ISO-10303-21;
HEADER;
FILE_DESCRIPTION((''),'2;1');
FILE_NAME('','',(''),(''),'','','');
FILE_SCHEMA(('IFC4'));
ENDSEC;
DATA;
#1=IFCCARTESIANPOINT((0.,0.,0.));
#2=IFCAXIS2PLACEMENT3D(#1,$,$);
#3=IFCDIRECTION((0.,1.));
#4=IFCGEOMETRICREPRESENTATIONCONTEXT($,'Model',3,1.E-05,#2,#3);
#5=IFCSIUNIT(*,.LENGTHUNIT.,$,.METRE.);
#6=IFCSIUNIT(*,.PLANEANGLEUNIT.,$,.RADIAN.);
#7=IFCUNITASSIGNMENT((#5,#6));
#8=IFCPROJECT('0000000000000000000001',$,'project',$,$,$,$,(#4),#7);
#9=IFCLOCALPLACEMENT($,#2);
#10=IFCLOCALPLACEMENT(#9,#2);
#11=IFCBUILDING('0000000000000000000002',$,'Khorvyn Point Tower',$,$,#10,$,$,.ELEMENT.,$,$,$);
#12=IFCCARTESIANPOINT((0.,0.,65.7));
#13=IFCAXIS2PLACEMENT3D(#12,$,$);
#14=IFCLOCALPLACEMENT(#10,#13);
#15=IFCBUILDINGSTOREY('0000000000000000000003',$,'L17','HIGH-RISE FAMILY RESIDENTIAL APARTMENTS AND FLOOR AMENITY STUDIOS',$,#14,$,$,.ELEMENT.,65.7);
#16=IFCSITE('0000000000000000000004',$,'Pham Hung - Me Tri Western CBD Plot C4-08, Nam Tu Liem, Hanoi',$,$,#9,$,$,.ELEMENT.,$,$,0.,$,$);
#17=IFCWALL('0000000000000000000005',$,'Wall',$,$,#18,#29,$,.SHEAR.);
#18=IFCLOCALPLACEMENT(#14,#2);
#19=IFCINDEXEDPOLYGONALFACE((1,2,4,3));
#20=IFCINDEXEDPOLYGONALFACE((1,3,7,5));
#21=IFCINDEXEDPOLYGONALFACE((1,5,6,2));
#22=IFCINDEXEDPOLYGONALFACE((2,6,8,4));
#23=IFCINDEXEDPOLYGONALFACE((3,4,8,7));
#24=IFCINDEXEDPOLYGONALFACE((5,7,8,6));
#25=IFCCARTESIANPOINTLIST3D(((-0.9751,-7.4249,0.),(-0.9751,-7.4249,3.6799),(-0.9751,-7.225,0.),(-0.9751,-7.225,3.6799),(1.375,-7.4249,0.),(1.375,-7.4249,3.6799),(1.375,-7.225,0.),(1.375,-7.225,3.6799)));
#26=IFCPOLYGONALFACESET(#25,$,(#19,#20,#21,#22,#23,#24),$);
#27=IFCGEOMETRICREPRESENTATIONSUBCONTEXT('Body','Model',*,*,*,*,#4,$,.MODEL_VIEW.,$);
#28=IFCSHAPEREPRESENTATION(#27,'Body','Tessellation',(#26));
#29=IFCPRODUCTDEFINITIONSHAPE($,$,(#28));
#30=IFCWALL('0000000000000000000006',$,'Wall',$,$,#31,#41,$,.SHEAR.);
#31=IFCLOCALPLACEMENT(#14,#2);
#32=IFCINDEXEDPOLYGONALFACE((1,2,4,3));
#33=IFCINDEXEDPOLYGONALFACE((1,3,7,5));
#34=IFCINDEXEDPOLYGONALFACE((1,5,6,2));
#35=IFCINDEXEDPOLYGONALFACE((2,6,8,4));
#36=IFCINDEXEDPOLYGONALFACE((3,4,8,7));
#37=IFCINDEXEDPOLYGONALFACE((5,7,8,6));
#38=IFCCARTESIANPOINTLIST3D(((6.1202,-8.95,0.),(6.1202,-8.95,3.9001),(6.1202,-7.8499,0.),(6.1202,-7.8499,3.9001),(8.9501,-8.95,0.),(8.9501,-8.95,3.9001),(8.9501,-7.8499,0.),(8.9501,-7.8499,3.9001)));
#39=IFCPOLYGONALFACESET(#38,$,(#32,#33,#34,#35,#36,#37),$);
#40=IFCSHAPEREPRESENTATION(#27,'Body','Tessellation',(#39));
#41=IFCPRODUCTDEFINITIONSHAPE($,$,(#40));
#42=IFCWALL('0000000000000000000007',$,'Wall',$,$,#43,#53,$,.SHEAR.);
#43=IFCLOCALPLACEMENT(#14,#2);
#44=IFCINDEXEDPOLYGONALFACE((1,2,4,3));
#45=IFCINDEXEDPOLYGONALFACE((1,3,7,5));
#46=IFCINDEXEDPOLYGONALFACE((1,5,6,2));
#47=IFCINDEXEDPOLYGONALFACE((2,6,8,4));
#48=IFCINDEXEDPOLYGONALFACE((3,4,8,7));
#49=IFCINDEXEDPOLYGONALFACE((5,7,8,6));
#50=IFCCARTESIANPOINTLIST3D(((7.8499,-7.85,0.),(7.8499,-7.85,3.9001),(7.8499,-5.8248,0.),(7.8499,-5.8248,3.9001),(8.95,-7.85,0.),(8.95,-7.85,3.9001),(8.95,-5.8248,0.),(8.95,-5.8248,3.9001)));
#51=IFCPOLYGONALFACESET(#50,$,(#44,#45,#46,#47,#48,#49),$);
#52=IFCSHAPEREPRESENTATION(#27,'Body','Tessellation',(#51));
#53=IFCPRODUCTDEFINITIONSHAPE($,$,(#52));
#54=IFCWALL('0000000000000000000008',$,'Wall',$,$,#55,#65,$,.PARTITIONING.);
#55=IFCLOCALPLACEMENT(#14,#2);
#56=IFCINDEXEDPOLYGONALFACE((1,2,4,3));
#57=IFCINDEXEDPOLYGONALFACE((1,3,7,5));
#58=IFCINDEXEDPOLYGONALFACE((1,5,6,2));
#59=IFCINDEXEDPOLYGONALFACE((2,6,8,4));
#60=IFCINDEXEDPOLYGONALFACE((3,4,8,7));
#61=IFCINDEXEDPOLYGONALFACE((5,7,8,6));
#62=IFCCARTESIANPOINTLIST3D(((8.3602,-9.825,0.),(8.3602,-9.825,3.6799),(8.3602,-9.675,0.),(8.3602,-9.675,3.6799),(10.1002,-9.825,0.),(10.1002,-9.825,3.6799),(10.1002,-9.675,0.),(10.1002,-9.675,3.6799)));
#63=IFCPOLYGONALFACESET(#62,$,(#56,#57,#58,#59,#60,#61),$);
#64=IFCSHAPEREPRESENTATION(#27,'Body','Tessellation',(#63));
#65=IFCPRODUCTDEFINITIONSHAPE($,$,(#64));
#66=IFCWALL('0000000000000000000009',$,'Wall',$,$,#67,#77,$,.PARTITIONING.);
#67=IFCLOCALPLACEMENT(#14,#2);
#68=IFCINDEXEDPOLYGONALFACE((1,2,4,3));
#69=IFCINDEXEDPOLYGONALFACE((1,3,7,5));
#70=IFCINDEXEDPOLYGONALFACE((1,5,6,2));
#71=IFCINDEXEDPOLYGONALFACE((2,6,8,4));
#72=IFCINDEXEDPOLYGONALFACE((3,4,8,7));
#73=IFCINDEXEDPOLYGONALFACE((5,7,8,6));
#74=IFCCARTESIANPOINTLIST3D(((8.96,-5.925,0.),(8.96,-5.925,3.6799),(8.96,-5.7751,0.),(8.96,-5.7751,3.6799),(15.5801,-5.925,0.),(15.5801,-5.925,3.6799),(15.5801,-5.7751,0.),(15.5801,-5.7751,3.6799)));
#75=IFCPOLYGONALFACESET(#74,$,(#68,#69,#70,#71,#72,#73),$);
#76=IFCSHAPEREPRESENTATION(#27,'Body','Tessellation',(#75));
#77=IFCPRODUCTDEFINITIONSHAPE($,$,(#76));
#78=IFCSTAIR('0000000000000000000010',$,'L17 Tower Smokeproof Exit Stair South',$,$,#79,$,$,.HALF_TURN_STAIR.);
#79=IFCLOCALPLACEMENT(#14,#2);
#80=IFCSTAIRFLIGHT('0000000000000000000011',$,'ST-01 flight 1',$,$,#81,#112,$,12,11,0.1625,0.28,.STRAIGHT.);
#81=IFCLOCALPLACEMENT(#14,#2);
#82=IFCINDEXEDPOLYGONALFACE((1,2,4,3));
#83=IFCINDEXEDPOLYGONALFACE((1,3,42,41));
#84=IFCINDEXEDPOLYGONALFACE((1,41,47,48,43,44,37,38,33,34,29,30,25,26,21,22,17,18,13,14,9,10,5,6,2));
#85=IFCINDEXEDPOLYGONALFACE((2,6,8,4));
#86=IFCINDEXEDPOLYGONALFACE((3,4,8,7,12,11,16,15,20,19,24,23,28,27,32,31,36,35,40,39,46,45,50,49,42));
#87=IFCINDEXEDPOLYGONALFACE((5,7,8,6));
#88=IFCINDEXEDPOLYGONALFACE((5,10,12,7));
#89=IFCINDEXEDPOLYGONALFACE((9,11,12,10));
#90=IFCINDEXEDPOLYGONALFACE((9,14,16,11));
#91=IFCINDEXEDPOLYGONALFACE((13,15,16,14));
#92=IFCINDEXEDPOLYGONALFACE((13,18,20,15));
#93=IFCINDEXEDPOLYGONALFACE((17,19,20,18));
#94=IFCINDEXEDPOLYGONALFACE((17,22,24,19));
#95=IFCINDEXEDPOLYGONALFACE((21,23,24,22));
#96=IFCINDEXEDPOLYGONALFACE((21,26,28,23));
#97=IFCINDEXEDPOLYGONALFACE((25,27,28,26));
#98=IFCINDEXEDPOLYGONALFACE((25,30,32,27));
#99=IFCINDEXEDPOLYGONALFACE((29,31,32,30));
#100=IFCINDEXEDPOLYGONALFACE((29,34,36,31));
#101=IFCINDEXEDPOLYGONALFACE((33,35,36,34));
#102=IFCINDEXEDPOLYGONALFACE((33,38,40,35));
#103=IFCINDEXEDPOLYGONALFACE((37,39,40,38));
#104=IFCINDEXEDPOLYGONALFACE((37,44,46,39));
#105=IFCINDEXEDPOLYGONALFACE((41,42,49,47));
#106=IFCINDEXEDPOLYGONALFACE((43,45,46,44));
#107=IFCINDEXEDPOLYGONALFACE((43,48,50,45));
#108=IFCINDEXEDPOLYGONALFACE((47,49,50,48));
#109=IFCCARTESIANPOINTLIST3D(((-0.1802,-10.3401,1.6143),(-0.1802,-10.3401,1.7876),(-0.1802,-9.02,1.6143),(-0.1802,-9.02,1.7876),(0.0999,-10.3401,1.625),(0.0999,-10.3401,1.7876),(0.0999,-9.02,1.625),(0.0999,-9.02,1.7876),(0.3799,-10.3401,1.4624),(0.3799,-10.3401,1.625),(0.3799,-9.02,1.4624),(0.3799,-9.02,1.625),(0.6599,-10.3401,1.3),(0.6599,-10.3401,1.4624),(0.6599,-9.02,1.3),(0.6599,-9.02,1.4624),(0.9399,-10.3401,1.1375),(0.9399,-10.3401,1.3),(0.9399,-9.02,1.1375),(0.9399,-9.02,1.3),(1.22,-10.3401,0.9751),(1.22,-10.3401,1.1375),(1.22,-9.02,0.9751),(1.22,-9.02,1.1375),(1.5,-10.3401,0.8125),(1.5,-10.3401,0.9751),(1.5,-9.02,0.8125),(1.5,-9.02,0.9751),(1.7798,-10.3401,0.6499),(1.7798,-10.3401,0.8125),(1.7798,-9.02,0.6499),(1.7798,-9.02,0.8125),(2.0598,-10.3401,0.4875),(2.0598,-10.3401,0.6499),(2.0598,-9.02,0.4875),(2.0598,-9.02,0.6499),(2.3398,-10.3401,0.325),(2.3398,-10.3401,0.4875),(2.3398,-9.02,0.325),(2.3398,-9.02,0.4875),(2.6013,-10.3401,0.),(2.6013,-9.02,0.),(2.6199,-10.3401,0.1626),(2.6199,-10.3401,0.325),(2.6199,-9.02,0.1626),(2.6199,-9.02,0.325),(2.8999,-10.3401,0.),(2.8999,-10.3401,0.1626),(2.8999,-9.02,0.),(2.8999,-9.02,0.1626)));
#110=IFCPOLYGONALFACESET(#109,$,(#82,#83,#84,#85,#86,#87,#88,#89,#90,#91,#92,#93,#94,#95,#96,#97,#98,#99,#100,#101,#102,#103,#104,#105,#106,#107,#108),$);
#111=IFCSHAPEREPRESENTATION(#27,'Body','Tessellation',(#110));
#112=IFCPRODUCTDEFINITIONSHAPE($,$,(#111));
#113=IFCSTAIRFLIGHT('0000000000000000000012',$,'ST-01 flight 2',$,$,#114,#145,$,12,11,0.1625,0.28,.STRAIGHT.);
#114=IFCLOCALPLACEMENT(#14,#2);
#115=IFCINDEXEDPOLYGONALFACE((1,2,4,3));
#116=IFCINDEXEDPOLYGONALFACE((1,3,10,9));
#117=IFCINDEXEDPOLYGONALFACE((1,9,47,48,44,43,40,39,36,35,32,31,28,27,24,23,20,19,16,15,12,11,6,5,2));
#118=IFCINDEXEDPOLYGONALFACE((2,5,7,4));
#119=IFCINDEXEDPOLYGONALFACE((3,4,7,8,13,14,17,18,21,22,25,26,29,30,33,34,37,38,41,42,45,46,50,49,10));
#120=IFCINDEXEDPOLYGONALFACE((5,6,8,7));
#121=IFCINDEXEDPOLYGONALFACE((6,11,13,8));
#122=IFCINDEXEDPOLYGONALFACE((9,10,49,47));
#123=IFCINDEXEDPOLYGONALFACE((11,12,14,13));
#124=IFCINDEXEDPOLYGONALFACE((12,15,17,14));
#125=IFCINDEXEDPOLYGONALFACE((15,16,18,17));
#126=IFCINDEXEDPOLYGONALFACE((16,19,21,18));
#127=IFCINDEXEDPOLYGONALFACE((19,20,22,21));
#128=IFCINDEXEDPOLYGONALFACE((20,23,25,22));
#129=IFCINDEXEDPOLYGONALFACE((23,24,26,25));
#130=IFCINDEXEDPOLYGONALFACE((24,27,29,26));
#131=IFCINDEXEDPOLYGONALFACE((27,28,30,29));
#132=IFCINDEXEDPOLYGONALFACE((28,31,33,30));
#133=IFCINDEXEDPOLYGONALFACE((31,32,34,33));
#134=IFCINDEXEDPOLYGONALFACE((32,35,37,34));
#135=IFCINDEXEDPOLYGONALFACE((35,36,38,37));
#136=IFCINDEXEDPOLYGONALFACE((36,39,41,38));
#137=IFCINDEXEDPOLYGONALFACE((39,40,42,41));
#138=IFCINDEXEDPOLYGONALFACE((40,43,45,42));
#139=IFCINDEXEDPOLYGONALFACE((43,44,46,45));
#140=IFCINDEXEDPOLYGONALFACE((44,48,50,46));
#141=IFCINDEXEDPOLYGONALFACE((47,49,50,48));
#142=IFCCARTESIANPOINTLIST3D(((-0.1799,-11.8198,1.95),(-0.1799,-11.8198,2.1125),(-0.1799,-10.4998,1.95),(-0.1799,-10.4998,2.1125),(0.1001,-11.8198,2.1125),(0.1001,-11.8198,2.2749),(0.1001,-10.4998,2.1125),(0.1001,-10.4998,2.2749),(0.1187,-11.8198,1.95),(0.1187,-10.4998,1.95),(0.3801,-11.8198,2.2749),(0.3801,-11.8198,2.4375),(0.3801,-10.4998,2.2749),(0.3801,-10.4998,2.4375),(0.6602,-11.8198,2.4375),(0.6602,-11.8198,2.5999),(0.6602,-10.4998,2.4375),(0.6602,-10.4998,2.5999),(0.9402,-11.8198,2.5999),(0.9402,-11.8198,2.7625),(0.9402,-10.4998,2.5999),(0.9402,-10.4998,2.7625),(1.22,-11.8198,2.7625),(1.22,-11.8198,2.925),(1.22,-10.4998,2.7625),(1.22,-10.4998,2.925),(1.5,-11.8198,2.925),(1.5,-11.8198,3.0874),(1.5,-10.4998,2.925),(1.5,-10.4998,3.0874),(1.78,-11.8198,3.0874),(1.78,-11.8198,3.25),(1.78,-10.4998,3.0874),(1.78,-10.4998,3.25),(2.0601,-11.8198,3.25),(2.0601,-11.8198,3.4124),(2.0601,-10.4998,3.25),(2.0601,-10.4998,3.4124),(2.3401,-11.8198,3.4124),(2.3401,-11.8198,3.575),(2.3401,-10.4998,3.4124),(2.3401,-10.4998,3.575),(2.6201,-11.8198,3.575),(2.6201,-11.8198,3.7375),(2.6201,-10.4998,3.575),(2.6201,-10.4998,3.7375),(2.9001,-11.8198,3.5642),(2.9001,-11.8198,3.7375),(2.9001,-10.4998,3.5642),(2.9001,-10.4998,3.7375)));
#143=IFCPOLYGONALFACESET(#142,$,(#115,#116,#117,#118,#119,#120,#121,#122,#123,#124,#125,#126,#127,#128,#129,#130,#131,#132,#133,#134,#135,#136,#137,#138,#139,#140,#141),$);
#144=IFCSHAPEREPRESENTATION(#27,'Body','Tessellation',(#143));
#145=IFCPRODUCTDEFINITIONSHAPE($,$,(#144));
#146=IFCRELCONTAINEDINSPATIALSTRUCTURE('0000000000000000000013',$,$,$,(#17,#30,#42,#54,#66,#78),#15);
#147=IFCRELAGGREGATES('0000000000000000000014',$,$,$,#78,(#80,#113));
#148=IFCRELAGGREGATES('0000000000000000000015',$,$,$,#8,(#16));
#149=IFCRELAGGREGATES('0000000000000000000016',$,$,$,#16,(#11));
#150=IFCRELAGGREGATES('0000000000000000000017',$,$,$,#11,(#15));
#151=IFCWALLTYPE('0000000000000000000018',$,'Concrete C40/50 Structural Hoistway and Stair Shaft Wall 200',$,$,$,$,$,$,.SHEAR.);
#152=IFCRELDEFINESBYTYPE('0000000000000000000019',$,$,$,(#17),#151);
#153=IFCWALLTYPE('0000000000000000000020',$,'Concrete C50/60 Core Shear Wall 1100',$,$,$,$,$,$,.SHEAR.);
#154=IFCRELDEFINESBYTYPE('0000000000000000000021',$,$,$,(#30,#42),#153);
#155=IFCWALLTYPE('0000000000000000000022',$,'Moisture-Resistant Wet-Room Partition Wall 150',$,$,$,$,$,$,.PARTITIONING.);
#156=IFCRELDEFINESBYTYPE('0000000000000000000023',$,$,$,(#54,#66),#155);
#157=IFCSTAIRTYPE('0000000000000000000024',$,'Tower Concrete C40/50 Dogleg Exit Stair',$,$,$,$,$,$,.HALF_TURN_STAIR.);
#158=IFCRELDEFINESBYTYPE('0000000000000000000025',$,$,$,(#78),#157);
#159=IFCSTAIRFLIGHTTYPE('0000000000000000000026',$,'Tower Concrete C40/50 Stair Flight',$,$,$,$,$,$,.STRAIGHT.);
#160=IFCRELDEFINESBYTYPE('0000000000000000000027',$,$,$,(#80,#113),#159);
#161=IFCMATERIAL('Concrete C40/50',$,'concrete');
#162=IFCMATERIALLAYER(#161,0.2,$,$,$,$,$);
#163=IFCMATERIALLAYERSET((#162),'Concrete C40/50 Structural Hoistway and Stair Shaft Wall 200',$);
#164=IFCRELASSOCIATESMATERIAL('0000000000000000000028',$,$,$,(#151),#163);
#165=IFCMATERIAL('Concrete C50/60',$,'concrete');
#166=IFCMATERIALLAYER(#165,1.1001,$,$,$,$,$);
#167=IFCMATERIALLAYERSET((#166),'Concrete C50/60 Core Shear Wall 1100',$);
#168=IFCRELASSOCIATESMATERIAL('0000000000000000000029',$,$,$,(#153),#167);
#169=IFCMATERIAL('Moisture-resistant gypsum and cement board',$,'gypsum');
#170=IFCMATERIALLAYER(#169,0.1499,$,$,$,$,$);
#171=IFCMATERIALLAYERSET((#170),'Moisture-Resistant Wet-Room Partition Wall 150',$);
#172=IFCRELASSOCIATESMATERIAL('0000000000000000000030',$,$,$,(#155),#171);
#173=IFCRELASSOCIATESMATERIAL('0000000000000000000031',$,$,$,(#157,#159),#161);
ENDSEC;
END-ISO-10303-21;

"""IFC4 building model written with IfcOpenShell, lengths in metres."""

from ifc_helpers import new_model, si_unit, direction, frame, frame_2d, origin, place, context, subcontext, project, spatial, polyline, rectangle, outline, extrude, material, layer, layer_set, type_object, element, aggregate, save


model = new_model("IFC4")

# Units and contexts
model_context = context("Model", 3, precision=1e-05, world=origin(), true_north=direction((0.0, 1.0)))
body_context = subcontext(model_context, "Body", "Model", "MODEL_VIEW")
ifc_project = project(units=[si_unit("LENGTHUNIT", "METRE"), si_unit("PLANEANGLEUNIT", "RADIAN")], contexts=[model_context])

# Site, building, storey
site_placement = place(None, origin())
site = spatial("IfcSite", under=ifc_project, at=site_placement, Name="Pham Hung - Me Tri Western CBD Plot C4-08, Nam Tu Liem, Hanoi", CompositionType="ELEMENT", RefElevation=0.0)
building_placement = place(site_placement, origin())
building = spatial("IfcBuilding", under=site, at=building_placement, Name="Khorvyn Point Tower", CompositionType="ELEMENT")
storey_placement = place(building_placement, frame((0.0, 0.0, 65.7)))
storey = spatial("IfcBuildingStorey", under=building, at=storey_placement, Name="L17", Description="HIGH-RISE FAMILY RESIDENTIAL APARTMENTS AND FLOOR AMENITY STUDIOS", CompositionType="ELEMENT", Elevation=65.7)

# Shared definitions
ifc_material_1 = material(Name="Concrete C50/60", Category="concrete")

# Shared definitions
ifc_material_2 = material(Name="Concrete C40/50", Category="concrete")

# Shared definitions
ifc_layer_1 = layer(ifc_material_2, 0.2)
ifc_layer_set_1 = layer_set([ifc_layer_1], Name="Concrete C40/50 Structural Hoistway and Stair Shaft Wall 200")
wall_type_1 = type_object("IfcWallType", Name="Concrete C40/50 Structural Hoistway and Stair Shaft Wall 200", PredefinedType="SHEAR", material=ifc_layer_set_1)

# Walls
wall_1_placement = place(storey_placement, frame((-0.9751, -7.325, 0.0), z_axis=(0.0, 0.0, 1.0), x_axis=(1.0, 0.0, 0.0)))
element("IfcWall", 1, at=wall_1_placement, inside=storey, type_object=wall_type_1, Name="Wall", PredefinedType="SHEAR", context=body_context, shape_type="SweptSolid", body=[
    extrude(rectangle(XDim=2.3501, YDim=0.2, at=frame_2d((1.175, 0.0))), origin(), (0.0, 0.0, 1.0), 3.6799),
])
ifc_layer_2 = layer(ifc_material_1, 1.1001)
ifc_layer_set_2 = layer_set([ifc_layer_2], Name="Concrete C50/60 Core Shear Wall 1100")
wall_type_2 = type_object("IfcWallType", Name="Concrete C50/60 Core Shear Wall 1100", PredefinedType="SHEAR", material=ifc_layer_set_2)
wall_2_placement = place(storey_placement, frame((6.1201, -8.3999, 0.0), z_axis=(0.0, 0.0, 1.0), x_axis=(1.0, 0.0, 0.0)))
element("IfcWall", 2, at=wall_2_placement, inside=storey, type_object=wall_type_2, Name="Wall", PredefinedType="SHEAR", context=body_context, shape_type="SweptSolid", body=[
    extrude(rectangle(XDim=2.8298, YDim=1.1001, at=frame_2d((1.415, 0.0))), origin(), (0.0, 0.0, 1.0), 3.9001),
])
wall_3_placement = place(storey_placement, frame((8.3999, -7.8501, 0.0), z_axis=(0.0, 0.0, 1.0), x_axis=(0.0, 1.0, 0.0)))
element("IfcWall", 3, at=wall_3_placement, inside=storey, type_object=wall_type_2, Name="Wall", PredefinedType="SHEAR", context=body_context, shape_type="SweptSolid", body=[
    extrude(rectangle(XDim=2.0251, YDim=1.1001, at=frame_2d((1.0127, 0.0))), origin(), (0.0, 0.0, 1.0), 3.9001),
])
ifc_material_3 = material(Name="Moisture-resistant gypsum and cement board", Category="gypsum")
ifc_layer_3 = layer(ifc_material_3, 0.1499)
ifc_layer_set_3 = layer_set([ifc_layer_3], Name="Moisture-Resistant Wet-Room Partition Wall 150")
wall_type_3 = type_object("IfcWallType", Name="Moisture-Resistant Wet-Room Partition Wall 150", PredefinedType="PARTITIONING", material=ifc_layer_set_3)
wall_4_placement = place(storey_placement, frame((8.3601, -9.75, 0.0), z_axis=(0.0, 0.0, 1.0), x_axis=(1.0, 0.0, 0.0)))
element("IfcWall", 4, at=wall_4_placement, inside=storey, type_object=wall_type_3, Name="Wall", PredefinedType="PARTITIONING", context=body_context, shape_type="SweptSolid", body=[
    extrude(rectangle(XDim=1.74, YDim=0.1499, at=frame_2d((0.8701, 0.0))), origin(), (0.0, 0.0, 1.0), 3.6799),
])
wall_5_placement = place(storey_placement, frame((8.96, -5.8501, 0.0), z_axis=(0.0, 0.0, 1.0), x_axis=(1.0, 0.0, 0.0)))
element("IfcWall", 5, at=wall_5_placement, inside=storey, type_object=wall_type_3, Name="Wall", PredefinedType="PARTITIONING", context=body_context, shape_type="SweptSolid", body=[
    extrude(rectangle(XDim=6.6201, YDim=0.1499, at=frame_2d((3.3101, 0.0))), origin(), (0.0, 0.0, 1.0), 3.6799),
])

# Stair, stair flights
stair_type = type_object("IfcStairType", Name="Tower Concrete C40/50 Dogleg Exit Stair", PredefinedType="HALF_TURN_STAIR", material=ifc_material_2)
stair_placement = place(storey_placement, origin())
stair = element("IfcStair", 6, at=stair_placement, inside=storey, type_object=stair_type, Name="L17 Tower Smokeproof Exit Stair South", PredefinedType="HALF_TURN_STAIR")
stair_flight_type = type_object("IfcStairFlightType", Name="Tower Concrete C40/50 Stair Flight", PredefinedType="STRAIGHT", material=ifc_material_2)
stair_flight_1_placement = place(storey_placement, frame((2.8999, -9.6799, 0.0), z_axis=(0.0, 0.0, 1.0), x_axis=(-1.0, 0.0, 0.0)))
stair_flight_1 = element("IfcStairFlight", 7, at=stair_flight_1_placement, type_object=stair_flight_type, Name="ST-01 flight 1", NumberOfRisers=12, NumberOfTreads=11, PredefinedType="STRAIGHT", RiserHeight=0.1625, TreadLength=0.28, context=body_context, shape_type="SweptSolid", body=[
    extrude(outline(polyline([(0.0, 0.0), (0.0, 0.1626), (0.28, 0.1626), (0.28, 0.325), (0.5601, 0.325), (0.5601, 0.4875), (0.8401, 0.4875), (0.8401, 0.6499), (1.1201, 0.6499), (1.1201, 0.8125), (1.3999, 0.8125), (1.3999, 0.9751), (1.6799, 0.9751), (1.6799, 1.1375), (1.96, 1.1375), (1.96, 1.3), (2.24, 1.3), (2.24, 1.4624), (2.52, 1.4624), (2.52, 1.625), (2.8, 1.625), (2.8, 1.7876), (3.0801, 1.7876), (3.0801, 1.95), (3.0801, 1.6143), (0.2986, 0.0), (0.0, 0.0)])), frame((0.0, 0.6602, 0.0), z_axis=(0.0, -1.0, 0.0), x_axis=(1.0, 0.0, 0.0)), (0.0, 0.0, 1.0), 1.3201),
])
stair_flight_2_placement = place(storey_placement, frame((-0.1799, -11.1599, 1.95), z_axis=(0.0, 0.0, 1.0), x_axis=(1.0, 0.0, 0.0)))
stair_flight_2 = element("IfcStairFlight", 8, at=stair_flight_2_placement, type_object=stair_flight_type, Name="ST-01 flight 2", NumberOfRisers=12, NumberOfTreads=11, PredefinedType="STRAIGHT", RiserHeight=0.1625, TreadLength=0.28, context=body_context, shape_type="SweptSolid", body=[
    extrude(outline(polyline([(0.0, 0.0), (0.0, 0.1626), (0.28, 0.1626), (0.28, 0.325), (0.5601, 0.325), (0.5601, 0.4875), (0.8401, 0.4875), (0.8401, 0.6499), (1.1201, 0.6499), (1.1201, 0.8125), (1.3999, 0.8125), (1.3999, 0.9751), (1.6799, 0.9751), (1.6799, 1.1375), (1.96, 1.1375), (1.96, 1.3), (2.24, 1.3), (2.24, 1.4624), (2.52, 1.4624), (2.52, 1.625), (2.8, 1.625), (2.8, 1.7876), (3.0801, 1.7876), (3.0801, 1.95), (3.0801, 1.6143), (0.2986, 0.0), (0.0, 0.0)])), frame((0.0, 0.6602, 0.0), z_axis=(0.0, -1.0, 0.0), x_axis=(1.0, 0.0, 0.0)), (0.0, 0.0, 1.0), 1.3201),
])
aggregate(stair, [stair_flight_1, stair_flight_2])

save(model, "model.ifc")
